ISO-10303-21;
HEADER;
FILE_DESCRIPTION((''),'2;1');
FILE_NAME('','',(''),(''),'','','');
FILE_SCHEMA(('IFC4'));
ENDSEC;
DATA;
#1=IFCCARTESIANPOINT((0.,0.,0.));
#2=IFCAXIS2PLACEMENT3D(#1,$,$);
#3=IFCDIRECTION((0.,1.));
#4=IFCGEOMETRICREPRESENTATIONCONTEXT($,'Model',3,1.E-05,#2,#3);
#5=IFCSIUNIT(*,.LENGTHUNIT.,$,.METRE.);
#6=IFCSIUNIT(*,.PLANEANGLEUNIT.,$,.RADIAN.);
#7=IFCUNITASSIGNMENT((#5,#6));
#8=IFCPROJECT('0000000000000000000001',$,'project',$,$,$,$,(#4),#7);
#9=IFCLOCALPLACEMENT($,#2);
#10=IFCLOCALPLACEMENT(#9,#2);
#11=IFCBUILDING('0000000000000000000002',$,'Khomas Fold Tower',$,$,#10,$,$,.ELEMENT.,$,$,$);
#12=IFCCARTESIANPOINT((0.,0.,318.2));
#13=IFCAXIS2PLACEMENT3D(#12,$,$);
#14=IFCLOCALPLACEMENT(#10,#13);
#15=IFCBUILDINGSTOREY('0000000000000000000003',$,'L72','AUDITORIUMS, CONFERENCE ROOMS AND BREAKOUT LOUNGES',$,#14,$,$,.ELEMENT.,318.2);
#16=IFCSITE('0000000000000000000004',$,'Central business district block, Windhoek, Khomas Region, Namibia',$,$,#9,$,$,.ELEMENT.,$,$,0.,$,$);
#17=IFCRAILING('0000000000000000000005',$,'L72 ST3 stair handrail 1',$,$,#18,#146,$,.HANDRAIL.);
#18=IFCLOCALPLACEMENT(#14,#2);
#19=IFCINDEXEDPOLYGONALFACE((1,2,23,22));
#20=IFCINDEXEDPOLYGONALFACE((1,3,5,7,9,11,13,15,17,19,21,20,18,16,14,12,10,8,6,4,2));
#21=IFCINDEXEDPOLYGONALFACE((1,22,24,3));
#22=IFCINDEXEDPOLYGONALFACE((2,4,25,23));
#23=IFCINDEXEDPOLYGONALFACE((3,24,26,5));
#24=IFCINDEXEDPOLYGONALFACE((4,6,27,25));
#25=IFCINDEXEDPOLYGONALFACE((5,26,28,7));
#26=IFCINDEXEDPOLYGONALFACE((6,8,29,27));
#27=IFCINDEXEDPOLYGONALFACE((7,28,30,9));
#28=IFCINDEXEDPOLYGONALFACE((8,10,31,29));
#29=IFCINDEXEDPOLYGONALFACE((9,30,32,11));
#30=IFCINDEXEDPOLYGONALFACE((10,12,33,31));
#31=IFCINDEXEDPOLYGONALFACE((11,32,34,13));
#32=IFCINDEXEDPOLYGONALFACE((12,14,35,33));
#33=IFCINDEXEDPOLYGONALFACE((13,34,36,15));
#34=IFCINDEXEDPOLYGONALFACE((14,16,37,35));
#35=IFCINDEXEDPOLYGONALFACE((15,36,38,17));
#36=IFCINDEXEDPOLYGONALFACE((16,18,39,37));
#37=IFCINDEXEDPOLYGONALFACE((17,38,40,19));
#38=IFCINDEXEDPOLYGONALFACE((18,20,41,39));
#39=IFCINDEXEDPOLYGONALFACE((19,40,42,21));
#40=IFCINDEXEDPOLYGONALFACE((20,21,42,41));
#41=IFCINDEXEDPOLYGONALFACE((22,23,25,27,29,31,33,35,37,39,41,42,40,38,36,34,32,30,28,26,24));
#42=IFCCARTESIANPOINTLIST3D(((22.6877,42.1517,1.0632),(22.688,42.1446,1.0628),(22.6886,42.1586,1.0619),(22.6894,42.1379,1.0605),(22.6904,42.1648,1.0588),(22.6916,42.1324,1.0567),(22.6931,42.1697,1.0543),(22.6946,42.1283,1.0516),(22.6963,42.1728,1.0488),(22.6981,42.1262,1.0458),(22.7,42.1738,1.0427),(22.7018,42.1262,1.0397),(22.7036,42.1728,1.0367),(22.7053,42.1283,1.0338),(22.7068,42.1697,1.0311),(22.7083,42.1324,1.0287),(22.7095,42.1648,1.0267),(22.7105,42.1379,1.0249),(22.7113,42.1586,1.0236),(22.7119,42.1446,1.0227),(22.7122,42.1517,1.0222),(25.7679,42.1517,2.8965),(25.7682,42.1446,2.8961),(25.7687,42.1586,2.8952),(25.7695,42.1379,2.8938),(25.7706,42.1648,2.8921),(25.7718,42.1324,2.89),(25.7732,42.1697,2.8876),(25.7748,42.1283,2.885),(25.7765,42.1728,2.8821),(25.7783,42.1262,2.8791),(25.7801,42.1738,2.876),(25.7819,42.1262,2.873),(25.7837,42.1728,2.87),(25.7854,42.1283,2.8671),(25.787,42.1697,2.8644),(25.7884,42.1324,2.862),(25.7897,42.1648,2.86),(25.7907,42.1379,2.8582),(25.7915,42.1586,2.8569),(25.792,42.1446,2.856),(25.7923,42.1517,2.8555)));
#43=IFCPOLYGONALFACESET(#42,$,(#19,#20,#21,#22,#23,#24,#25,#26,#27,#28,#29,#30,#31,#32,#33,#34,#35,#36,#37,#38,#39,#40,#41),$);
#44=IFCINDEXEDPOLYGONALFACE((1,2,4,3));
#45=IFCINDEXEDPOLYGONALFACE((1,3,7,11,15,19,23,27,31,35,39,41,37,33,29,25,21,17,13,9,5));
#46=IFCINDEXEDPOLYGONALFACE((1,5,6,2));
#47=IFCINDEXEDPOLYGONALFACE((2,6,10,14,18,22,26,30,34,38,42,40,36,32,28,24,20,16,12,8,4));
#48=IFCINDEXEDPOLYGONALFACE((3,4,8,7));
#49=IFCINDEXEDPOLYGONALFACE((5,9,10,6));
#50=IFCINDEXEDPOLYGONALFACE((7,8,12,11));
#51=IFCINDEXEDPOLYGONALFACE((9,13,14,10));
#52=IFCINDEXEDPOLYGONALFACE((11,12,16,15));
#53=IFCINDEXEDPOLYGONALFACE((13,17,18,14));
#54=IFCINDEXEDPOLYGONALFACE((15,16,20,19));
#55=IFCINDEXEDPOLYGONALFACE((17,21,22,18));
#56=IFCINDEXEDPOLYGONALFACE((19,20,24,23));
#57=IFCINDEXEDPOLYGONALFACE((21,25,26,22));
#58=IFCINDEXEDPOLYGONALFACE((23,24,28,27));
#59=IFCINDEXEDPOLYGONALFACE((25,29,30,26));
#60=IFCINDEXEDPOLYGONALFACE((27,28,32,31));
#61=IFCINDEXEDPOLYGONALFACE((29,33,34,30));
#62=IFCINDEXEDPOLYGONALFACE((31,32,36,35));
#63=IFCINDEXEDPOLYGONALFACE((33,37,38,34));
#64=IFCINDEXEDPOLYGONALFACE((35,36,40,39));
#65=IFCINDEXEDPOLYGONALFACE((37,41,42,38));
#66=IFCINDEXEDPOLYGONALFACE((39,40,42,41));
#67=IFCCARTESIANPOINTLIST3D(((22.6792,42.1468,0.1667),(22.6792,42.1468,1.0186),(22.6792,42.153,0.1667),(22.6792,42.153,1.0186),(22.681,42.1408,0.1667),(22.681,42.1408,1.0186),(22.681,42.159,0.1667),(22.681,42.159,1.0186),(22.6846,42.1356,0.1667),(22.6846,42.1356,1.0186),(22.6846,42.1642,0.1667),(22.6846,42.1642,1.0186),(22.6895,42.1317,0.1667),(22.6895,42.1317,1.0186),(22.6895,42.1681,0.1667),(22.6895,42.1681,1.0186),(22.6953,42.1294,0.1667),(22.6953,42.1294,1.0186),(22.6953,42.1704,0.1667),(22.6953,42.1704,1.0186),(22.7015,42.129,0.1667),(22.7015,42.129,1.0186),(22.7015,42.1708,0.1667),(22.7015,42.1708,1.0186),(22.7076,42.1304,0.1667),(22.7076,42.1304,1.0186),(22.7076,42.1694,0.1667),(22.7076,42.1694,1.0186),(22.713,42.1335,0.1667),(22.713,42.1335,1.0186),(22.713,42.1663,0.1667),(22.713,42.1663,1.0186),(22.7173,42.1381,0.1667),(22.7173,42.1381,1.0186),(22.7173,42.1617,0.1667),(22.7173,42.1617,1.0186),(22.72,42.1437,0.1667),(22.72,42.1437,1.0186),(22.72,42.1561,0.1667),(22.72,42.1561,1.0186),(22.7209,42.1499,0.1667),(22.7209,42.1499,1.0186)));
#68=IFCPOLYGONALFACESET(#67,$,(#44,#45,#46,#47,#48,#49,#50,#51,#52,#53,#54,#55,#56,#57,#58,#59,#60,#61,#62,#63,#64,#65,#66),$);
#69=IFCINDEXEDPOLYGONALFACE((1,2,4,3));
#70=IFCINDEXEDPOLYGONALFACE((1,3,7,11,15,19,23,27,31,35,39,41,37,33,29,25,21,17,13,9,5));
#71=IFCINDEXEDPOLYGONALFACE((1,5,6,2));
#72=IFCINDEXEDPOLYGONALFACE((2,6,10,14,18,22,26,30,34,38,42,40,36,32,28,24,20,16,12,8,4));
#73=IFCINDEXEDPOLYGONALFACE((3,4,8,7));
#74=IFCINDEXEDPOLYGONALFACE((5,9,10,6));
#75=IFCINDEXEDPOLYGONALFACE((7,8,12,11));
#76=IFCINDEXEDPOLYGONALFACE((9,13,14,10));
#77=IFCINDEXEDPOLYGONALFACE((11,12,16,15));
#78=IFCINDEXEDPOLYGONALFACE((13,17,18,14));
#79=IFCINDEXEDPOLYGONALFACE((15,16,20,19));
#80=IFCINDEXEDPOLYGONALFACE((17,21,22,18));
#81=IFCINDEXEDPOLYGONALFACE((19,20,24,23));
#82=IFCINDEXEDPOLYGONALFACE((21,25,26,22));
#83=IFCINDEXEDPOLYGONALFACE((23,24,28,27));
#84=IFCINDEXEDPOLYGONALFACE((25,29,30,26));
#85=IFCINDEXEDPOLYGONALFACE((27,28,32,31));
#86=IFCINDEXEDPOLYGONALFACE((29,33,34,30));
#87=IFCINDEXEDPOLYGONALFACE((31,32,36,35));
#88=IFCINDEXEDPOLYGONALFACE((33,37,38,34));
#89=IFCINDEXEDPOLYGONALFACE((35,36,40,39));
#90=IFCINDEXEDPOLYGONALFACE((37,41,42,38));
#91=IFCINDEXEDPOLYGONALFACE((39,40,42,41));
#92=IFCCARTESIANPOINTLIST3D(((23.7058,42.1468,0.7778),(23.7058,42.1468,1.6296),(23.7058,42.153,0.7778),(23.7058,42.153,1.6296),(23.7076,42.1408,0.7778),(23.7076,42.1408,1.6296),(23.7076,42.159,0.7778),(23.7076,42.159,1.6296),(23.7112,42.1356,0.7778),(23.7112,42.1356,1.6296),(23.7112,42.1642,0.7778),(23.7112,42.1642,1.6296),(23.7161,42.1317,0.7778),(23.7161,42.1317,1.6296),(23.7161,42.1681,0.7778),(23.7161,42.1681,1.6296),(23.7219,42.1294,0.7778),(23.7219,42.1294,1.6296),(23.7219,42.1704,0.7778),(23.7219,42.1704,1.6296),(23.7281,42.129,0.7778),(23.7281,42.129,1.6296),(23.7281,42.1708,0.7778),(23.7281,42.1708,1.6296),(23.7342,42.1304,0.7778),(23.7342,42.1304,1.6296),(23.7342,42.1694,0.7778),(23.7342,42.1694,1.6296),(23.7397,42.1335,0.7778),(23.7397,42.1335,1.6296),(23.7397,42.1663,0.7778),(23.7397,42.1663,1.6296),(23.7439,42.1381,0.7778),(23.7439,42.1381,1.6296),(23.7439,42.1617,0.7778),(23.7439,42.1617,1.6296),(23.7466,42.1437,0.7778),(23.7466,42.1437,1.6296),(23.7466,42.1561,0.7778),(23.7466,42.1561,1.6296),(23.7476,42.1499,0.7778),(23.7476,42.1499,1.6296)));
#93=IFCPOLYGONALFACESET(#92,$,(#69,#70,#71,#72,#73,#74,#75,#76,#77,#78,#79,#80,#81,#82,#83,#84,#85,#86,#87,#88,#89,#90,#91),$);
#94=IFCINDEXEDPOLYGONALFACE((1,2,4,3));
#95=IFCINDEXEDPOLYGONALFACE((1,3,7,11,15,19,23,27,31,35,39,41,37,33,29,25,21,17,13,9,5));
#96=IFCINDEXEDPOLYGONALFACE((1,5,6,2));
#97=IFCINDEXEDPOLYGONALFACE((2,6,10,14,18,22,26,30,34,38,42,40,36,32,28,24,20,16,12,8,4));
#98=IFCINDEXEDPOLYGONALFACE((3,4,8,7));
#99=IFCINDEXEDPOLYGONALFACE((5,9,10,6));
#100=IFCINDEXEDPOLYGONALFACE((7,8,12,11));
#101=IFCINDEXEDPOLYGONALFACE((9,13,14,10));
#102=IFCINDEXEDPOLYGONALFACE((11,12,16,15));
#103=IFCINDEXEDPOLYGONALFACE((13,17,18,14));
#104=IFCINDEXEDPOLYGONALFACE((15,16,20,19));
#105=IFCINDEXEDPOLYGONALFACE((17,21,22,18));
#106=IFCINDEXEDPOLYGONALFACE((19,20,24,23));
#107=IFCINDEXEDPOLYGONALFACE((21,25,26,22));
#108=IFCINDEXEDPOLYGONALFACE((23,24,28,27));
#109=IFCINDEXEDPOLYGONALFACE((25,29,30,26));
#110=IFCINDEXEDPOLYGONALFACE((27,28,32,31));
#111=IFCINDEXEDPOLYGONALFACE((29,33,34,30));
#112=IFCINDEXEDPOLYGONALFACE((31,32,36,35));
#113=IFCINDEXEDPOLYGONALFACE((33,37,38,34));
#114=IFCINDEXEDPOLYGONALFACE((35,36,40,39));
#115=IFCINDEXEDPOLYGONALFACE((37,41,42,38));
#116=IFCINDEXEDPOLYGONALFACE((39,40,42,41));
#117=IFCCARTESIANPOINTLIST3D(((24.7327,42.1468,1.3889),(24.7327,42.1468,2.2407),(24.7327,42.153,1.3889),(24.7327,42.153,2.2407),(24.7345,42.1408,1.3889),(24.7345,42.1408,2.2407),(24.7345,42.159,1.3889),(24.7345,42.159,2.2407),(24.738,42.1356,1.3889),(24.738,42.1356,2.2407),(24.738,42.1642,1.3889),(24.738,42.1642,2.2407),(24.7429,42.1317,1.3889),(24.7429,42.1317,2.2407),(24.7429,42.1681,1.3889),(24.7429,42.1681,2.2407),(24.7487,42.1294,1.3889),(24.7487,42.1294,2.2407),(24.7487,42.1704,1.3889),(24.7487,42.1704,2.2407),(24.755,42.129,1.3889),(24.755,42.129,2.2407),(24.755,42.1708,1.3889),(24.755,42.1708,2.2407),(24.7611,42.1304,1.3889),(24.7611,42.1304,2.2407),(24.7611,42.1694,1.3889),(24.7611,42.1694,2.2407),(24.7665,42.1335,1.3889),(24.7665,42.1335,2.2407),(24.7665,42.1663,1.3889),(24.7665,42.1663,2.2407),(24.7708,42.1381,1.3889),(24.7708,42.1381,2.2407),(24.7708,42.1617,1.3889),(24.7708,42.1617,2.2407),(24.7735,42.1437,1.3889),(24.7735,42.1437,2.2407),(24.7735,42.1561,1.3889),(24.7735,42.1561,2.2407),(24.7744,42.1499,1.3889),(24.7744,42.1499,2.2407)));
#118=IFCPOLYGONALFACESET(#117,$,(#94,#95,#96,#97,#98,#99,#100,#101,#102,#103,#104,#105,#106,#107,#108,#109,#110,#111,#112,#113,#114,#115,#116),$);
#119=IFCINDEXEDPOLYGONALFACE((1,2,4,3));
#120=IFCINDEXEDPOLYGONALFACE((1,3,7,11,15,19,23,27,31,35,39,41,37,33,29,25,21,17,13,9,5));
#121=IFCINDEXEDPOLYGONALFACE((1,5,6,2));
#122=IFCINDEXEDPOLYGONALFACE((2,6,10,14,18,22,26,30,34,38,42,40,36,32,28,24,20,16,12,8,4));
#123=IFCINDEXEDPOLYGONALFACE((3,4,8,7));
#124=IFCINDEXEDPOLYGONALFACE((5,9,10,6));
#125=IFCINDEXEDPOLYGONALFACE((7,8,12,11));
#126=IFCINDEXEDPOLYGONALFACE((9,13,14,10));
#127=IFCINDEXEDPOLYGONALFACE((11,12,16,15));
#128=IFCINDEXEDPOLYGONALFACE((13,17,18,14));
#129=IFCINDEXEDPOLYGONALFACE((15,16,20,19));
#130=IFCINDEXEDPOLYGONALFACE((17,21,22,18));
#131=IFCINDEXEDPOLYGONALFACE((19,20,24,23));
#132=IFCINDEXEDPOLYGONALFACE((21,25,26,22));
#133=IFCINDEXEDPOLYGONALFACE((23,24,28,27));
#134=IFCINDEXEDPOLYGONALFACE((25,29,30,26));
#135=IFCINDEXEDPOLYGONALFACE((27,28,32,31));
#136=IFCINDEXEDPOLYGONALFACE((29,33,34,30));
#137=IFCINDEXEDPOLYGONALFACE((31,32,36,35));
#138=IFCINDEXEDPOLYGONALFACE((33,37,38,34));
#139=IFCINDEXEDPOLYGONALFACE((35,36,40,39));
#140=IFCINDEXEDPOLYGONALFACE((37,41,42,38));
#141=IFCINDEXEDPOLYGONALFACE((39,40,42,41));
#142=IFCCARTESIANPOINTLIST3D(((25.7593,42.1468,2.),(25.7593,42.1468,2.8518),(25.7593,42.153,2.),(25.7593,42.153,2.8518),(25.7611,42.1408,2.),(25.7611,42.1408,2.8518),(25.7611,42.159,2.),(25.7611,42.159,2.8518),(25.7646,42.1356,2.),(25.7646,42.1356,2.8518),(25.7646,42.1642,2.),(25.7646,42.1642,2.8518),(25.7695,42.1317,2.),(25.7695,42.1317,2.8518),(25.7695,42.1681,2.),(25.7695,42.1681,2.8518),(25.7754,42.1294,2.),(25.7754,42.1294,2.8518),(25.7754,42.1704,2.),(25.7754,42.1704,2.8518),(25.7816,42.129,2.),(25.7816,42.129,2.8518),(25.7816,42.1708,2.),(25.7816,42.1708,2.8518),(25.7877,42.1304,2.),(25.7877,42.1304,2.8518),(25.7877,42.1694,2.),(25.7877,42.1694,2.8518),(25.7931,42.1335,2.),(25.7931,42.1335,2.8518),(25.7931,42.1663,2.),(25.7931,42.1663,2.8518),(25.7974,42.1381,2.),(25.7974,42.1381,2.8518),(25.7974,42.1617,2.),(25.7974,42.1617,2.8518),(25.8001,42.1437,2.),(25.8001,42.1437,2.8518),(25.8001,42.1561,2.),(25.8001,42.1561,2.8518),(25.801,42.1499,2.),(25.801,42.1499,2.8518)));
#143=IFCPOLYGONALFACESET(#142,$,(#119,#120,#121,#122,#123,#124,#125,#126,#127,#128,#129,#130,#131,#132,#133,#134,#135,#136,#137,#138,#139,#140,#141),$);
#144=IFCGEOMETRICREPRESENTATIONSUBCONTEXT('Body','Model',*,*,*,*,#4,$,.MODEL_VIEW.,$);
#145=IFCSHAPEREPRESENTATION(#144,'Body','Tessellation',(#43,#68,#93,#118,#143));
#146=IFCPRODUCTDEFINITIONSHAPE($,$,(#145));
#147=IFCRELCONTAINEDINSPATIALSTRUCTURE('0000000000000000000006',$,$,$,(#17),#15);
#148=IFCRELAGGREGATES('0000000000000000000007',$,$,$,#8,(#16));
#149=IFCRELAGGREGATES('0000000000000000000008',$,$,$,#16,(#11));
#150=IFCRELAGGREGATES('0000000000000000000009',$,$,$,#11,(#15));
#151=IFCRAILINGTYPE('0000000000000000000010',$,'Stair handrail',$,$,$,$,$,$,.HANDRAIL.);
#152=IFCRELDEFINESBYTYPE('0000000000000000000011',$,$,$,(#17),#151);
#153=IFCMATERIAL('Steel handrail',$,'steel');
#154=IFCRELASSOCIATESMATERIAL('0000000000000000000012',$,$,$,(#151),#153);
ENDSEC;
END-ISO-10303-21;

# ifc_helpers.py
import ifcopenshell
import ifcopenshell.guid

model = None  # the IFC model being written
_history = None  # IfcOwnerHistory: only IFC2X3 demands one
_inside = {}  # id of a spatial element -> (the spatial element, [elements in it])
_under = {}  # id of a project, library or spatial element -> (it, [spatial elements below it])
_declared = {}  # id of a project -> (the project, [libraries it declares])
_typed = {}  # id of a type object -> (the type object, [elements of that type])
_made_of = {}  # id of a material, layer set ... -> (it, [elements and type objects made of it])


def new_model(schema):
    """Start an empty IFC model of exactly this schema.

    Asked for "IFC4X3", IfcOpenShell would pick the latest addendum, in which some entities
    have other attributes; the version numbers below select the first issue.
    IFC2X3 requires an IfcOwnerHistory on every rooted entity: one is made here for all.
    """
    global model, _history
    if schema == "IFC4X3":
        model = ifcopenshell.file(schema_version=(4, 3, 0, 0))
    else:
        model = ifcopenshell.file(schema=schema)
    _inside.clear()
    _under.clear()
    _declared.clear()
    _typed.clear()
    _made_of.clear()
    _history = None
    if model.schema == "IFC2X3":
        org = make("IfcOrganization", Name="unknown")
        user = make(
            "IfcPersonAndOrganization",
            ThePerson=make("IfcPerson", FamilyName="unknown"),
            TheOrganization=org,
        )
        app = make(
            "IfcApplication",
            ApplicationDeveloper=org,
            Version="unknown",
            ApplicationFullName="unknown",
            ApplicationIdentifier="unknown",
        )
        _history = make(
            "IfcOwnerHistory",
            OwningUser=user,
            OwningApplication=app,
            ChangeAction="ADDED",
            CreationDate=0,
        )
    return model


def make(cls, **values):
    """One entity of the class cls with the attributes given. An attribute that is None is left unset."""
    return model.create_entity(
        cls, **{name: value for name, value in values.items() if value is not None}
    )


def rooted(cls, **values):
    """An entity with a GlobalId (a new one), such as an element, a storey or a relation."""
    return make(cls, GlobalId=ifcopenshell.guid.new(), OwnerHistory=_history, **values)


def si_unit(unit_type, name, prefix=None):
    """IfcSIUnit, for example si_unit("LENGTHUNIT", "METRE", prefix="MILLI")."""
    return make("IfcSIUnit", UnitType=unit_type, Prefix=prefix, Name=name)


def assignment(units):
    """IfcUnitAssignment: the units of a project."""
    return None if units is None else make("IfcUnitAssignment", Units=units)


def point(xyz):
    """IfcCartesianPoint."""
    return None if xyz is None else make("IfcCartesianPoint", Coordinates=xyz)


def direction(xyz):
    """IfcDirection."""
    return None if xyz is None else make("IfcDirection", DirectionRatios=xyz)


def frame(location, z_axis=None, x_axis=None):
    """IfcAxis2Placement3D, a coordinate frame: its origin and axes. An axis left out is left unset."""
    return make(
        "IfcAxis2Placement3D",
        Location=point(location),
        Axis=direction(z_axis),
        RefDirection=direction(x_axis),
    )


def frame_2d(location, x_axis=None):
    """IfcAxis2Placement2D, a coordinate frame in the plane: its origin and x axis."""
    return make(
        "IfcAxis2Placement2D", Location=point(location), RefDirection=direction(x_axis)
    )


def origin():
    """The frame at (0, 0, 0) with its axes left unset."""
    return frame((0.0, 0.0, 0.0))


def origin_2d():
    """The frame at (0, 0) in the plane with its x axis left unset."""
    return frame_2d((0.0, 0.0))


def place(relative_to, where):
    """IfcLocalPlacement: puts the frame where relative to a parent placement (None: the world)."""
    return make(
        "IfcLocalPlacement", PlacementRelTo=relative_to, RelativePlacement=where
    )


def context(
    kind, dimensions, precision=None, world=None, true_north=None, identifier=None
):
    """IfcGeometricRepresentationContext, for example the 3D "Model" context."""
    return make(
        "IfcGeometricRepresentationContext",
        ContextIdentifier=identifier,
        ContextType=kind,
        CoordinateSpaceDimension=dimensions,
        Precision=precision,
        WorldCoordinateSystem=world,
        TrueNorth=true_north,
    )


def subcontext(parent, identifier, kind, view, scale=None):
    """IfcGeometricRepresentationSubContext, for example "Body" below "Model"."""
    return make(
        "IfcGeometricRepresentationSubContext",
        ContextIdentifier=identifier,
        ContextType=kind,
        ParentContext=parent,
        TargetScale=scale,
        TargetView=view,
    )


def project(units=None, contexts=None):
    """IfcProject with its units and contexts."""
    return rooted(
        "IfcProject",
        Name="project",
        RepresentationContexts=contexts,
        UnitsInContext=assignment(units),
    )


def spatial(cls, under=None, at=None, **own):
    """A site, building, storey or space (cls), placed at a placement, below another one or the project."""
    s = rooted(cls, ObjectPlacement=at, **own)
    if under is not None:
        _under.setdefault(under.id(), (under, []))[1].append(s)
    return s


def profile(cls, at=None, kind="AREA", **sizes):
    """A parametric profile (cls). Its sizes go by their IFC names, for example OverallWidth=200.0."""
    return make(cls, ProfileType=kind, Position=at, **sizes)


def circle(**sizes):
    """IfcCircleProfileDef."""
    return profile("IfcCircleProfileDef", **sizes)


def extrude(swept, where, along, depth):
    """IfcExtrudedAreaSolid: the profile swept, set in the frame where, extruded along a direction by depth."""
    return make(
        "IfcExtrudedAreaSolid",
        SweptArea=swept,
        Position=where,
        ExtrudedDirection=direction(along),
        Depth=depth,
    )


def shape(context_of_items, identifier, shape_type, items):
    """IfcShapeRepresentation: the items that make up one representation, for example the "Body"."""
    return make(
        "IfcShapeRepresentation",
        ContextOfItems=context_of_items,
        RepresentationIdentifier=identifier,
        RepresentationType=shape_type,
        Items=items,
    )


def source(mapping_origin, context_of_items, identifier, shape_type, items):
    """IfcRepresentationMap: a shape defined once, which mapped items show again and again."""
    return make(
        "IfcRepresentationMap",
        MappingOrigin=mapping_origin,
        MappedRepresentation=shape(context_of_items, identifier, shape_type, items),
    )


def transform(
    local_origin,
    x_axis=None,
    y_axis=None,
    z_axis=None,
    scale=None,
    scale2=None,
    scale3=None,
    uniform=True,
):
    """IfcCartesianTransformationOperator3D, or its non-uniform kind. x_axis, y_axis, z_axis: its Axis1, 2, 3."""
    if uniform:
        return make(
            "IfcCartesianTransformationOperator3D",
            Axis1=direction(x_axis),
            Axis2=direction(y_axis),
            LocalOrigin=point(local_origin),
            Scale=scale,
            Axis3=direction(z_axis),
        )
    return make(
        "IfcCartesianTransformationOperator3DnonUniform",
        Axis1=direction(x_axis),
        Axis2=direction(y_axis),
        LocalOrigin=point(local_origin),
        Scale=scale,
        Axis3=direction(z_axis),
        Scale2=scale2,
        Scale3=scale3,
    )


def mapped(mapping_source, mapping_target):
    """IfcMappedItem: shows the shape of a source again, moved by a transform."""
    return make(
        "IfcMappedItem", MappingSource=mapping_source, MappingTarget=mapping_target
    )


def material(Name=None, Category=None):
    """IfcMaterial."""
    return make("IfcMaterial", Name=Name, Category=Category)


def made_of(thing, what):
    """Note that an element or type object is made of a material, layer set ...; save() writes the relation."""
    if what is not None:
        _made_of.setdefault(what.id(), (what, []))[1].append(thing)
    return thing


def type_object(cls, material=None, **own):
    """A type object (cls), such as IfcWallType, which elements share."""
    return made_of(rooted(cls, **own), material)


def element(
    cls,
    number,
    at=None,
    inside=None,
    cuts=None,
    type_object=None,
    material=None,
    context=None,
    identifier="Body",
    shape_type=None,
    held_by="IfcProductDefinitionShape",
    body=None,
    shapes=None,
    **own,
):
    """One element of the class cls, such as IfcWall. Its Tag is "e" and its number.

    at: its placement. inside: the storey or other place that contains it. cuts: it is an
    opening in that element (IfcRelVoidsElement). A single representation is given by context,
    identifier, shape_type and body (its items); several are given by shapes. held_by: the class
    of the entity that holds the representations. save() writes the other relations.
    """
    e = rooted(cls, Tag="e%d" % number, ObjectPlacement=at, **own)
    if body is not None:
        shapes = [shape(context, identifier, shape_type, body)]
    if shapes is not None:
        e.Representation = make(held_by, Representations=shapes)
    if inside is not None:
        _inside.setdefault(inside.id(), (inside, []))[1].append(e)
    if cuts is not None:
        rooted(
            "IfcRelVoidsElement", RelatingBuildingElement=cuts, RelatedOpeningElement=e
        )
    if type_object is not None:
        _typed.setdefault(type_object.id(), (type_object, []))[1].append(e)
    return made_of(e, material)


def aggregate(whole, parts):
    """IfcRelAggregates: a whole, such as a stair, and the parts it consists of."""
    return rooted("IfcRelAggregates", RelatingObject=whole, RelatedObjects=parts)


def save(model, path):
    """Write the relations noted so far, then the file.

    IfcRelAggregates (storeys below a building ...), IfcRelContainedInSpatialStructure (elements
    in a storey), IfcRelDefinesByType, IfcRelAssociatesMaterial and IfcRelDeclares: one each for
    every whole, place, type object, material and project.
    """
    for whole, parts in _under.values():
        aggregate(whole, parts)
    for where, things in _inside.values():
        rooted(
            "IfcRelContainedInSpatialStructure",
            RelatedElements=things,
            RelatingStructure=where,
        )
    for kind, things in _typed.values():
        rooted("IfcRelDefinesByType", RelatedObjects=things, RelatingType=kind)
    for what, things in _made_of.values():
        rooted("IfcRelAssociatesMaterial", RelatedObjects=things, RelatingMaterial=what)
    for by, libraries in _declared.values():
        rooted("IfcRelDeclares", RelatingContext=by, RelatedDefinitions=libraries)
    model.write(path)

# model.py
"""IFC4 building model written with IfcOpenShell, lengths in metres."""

from ifc_helpers import new_model, si_unit, direction, frame, origin, origin_2d, place, context, subcontext, project, spatial, circle, extrude, source, transform, mapped, material, type_object, element, save


model = new_model("IFC4")

# Units and contexts
model_context = context("Model", 3, precision=1e-05, world=origin(), true_north=direction((0.0, 1.0)))
body_context = subcontext(model_context, "Body", "Model", "MODEL_VIEW")
ifc_project = project(units=[si_unit("LENGTHUNIT", "METRE"), si_unit("PLANEANGLEUNIT", "RADIAN")], contexts=[model_context])

# Site, building, storey
site_placement = place(None, origin())
site = spatial("IfcSite", under=ifc_project, at=site_placement, Name="Central business district block, Windhoek, Khomas Region, Namibia", CompositionType="ELEMENT", RefElevation=0.0)
building_placement = place(site_placement, origin())
building = spatial("IfcBuilding", under=site, at=building_placement, Name="Khomas Fold Tower", CompositionType="ELEMENT")
storey_placement = place(building_placement, frame((0.0, 0.0, 318.2)))
storey = spatial("IfcBuildingStorey", under=building, at=storey_placement, Name="L72", Description="AUDITORIUMS, CONFERENCE ROOMS AND BREAKOUT LOUNGES", CompositionType="ELEMENT", Elevation=318.2)

# Railing
ifc_material_1 = material(Name="Steel handrail", Category="steel")
railing_type_1 = type_object("IfcRailingType", Name="Stair handrail", PredefinedType="HANDRAIL", material=ifc_material_1)
shared_shape_1 = source(origin(), body_context, "Body", "SweptSolid", [
    extrude(circle(Radius=0.0239, at=origin_2d()), frame((0.0, 0.0, 0.876), z_axis=(0.859309, 0.0, 0.511458), x_axis=(0.0, 1.0, 0.0)), (0.0, 0.0, 1.0), 3.5845),
    extrude(circle(Radius=0.021, at=origin_2d()), origin(), (0.0, 0.0, 1.0), 0.8518),
    extrude(circle(Radius=0.021, at=origin_2d()), frame((1.0266, 0.0, 0.6111)), (0.0, 0.0, 1.0), 0.8518),
    extrude(circle(Radius=0.021, at=origin_2d()), frame((2.0535, 0.0, 1.2222)), (0.0, 0.0, 1.0), 0.8518),
    extrude(circle(Radius=0.021, at=origin_2d()), frame((3.0801, 0.0, 1.8333)), (0.0, 0.0, 1.0), 0.8518),
])
railing_1_placement = place(storey_placement, frame((22.7, 42.1499, 0.1667)))
element("IfcRailing", 1, at=railing_1_placement, inside=storey, type_object=railing_type_1, Name="L72 ST3 stair handrail 1", PredefinedType="HANDRAIL", context=body_context, shape_type="MappedRepresentation", body=[
    mapped(shared_shape_1, transform((0.0, 0.0, 0.0))),
])

save(model, "model.ifc")
